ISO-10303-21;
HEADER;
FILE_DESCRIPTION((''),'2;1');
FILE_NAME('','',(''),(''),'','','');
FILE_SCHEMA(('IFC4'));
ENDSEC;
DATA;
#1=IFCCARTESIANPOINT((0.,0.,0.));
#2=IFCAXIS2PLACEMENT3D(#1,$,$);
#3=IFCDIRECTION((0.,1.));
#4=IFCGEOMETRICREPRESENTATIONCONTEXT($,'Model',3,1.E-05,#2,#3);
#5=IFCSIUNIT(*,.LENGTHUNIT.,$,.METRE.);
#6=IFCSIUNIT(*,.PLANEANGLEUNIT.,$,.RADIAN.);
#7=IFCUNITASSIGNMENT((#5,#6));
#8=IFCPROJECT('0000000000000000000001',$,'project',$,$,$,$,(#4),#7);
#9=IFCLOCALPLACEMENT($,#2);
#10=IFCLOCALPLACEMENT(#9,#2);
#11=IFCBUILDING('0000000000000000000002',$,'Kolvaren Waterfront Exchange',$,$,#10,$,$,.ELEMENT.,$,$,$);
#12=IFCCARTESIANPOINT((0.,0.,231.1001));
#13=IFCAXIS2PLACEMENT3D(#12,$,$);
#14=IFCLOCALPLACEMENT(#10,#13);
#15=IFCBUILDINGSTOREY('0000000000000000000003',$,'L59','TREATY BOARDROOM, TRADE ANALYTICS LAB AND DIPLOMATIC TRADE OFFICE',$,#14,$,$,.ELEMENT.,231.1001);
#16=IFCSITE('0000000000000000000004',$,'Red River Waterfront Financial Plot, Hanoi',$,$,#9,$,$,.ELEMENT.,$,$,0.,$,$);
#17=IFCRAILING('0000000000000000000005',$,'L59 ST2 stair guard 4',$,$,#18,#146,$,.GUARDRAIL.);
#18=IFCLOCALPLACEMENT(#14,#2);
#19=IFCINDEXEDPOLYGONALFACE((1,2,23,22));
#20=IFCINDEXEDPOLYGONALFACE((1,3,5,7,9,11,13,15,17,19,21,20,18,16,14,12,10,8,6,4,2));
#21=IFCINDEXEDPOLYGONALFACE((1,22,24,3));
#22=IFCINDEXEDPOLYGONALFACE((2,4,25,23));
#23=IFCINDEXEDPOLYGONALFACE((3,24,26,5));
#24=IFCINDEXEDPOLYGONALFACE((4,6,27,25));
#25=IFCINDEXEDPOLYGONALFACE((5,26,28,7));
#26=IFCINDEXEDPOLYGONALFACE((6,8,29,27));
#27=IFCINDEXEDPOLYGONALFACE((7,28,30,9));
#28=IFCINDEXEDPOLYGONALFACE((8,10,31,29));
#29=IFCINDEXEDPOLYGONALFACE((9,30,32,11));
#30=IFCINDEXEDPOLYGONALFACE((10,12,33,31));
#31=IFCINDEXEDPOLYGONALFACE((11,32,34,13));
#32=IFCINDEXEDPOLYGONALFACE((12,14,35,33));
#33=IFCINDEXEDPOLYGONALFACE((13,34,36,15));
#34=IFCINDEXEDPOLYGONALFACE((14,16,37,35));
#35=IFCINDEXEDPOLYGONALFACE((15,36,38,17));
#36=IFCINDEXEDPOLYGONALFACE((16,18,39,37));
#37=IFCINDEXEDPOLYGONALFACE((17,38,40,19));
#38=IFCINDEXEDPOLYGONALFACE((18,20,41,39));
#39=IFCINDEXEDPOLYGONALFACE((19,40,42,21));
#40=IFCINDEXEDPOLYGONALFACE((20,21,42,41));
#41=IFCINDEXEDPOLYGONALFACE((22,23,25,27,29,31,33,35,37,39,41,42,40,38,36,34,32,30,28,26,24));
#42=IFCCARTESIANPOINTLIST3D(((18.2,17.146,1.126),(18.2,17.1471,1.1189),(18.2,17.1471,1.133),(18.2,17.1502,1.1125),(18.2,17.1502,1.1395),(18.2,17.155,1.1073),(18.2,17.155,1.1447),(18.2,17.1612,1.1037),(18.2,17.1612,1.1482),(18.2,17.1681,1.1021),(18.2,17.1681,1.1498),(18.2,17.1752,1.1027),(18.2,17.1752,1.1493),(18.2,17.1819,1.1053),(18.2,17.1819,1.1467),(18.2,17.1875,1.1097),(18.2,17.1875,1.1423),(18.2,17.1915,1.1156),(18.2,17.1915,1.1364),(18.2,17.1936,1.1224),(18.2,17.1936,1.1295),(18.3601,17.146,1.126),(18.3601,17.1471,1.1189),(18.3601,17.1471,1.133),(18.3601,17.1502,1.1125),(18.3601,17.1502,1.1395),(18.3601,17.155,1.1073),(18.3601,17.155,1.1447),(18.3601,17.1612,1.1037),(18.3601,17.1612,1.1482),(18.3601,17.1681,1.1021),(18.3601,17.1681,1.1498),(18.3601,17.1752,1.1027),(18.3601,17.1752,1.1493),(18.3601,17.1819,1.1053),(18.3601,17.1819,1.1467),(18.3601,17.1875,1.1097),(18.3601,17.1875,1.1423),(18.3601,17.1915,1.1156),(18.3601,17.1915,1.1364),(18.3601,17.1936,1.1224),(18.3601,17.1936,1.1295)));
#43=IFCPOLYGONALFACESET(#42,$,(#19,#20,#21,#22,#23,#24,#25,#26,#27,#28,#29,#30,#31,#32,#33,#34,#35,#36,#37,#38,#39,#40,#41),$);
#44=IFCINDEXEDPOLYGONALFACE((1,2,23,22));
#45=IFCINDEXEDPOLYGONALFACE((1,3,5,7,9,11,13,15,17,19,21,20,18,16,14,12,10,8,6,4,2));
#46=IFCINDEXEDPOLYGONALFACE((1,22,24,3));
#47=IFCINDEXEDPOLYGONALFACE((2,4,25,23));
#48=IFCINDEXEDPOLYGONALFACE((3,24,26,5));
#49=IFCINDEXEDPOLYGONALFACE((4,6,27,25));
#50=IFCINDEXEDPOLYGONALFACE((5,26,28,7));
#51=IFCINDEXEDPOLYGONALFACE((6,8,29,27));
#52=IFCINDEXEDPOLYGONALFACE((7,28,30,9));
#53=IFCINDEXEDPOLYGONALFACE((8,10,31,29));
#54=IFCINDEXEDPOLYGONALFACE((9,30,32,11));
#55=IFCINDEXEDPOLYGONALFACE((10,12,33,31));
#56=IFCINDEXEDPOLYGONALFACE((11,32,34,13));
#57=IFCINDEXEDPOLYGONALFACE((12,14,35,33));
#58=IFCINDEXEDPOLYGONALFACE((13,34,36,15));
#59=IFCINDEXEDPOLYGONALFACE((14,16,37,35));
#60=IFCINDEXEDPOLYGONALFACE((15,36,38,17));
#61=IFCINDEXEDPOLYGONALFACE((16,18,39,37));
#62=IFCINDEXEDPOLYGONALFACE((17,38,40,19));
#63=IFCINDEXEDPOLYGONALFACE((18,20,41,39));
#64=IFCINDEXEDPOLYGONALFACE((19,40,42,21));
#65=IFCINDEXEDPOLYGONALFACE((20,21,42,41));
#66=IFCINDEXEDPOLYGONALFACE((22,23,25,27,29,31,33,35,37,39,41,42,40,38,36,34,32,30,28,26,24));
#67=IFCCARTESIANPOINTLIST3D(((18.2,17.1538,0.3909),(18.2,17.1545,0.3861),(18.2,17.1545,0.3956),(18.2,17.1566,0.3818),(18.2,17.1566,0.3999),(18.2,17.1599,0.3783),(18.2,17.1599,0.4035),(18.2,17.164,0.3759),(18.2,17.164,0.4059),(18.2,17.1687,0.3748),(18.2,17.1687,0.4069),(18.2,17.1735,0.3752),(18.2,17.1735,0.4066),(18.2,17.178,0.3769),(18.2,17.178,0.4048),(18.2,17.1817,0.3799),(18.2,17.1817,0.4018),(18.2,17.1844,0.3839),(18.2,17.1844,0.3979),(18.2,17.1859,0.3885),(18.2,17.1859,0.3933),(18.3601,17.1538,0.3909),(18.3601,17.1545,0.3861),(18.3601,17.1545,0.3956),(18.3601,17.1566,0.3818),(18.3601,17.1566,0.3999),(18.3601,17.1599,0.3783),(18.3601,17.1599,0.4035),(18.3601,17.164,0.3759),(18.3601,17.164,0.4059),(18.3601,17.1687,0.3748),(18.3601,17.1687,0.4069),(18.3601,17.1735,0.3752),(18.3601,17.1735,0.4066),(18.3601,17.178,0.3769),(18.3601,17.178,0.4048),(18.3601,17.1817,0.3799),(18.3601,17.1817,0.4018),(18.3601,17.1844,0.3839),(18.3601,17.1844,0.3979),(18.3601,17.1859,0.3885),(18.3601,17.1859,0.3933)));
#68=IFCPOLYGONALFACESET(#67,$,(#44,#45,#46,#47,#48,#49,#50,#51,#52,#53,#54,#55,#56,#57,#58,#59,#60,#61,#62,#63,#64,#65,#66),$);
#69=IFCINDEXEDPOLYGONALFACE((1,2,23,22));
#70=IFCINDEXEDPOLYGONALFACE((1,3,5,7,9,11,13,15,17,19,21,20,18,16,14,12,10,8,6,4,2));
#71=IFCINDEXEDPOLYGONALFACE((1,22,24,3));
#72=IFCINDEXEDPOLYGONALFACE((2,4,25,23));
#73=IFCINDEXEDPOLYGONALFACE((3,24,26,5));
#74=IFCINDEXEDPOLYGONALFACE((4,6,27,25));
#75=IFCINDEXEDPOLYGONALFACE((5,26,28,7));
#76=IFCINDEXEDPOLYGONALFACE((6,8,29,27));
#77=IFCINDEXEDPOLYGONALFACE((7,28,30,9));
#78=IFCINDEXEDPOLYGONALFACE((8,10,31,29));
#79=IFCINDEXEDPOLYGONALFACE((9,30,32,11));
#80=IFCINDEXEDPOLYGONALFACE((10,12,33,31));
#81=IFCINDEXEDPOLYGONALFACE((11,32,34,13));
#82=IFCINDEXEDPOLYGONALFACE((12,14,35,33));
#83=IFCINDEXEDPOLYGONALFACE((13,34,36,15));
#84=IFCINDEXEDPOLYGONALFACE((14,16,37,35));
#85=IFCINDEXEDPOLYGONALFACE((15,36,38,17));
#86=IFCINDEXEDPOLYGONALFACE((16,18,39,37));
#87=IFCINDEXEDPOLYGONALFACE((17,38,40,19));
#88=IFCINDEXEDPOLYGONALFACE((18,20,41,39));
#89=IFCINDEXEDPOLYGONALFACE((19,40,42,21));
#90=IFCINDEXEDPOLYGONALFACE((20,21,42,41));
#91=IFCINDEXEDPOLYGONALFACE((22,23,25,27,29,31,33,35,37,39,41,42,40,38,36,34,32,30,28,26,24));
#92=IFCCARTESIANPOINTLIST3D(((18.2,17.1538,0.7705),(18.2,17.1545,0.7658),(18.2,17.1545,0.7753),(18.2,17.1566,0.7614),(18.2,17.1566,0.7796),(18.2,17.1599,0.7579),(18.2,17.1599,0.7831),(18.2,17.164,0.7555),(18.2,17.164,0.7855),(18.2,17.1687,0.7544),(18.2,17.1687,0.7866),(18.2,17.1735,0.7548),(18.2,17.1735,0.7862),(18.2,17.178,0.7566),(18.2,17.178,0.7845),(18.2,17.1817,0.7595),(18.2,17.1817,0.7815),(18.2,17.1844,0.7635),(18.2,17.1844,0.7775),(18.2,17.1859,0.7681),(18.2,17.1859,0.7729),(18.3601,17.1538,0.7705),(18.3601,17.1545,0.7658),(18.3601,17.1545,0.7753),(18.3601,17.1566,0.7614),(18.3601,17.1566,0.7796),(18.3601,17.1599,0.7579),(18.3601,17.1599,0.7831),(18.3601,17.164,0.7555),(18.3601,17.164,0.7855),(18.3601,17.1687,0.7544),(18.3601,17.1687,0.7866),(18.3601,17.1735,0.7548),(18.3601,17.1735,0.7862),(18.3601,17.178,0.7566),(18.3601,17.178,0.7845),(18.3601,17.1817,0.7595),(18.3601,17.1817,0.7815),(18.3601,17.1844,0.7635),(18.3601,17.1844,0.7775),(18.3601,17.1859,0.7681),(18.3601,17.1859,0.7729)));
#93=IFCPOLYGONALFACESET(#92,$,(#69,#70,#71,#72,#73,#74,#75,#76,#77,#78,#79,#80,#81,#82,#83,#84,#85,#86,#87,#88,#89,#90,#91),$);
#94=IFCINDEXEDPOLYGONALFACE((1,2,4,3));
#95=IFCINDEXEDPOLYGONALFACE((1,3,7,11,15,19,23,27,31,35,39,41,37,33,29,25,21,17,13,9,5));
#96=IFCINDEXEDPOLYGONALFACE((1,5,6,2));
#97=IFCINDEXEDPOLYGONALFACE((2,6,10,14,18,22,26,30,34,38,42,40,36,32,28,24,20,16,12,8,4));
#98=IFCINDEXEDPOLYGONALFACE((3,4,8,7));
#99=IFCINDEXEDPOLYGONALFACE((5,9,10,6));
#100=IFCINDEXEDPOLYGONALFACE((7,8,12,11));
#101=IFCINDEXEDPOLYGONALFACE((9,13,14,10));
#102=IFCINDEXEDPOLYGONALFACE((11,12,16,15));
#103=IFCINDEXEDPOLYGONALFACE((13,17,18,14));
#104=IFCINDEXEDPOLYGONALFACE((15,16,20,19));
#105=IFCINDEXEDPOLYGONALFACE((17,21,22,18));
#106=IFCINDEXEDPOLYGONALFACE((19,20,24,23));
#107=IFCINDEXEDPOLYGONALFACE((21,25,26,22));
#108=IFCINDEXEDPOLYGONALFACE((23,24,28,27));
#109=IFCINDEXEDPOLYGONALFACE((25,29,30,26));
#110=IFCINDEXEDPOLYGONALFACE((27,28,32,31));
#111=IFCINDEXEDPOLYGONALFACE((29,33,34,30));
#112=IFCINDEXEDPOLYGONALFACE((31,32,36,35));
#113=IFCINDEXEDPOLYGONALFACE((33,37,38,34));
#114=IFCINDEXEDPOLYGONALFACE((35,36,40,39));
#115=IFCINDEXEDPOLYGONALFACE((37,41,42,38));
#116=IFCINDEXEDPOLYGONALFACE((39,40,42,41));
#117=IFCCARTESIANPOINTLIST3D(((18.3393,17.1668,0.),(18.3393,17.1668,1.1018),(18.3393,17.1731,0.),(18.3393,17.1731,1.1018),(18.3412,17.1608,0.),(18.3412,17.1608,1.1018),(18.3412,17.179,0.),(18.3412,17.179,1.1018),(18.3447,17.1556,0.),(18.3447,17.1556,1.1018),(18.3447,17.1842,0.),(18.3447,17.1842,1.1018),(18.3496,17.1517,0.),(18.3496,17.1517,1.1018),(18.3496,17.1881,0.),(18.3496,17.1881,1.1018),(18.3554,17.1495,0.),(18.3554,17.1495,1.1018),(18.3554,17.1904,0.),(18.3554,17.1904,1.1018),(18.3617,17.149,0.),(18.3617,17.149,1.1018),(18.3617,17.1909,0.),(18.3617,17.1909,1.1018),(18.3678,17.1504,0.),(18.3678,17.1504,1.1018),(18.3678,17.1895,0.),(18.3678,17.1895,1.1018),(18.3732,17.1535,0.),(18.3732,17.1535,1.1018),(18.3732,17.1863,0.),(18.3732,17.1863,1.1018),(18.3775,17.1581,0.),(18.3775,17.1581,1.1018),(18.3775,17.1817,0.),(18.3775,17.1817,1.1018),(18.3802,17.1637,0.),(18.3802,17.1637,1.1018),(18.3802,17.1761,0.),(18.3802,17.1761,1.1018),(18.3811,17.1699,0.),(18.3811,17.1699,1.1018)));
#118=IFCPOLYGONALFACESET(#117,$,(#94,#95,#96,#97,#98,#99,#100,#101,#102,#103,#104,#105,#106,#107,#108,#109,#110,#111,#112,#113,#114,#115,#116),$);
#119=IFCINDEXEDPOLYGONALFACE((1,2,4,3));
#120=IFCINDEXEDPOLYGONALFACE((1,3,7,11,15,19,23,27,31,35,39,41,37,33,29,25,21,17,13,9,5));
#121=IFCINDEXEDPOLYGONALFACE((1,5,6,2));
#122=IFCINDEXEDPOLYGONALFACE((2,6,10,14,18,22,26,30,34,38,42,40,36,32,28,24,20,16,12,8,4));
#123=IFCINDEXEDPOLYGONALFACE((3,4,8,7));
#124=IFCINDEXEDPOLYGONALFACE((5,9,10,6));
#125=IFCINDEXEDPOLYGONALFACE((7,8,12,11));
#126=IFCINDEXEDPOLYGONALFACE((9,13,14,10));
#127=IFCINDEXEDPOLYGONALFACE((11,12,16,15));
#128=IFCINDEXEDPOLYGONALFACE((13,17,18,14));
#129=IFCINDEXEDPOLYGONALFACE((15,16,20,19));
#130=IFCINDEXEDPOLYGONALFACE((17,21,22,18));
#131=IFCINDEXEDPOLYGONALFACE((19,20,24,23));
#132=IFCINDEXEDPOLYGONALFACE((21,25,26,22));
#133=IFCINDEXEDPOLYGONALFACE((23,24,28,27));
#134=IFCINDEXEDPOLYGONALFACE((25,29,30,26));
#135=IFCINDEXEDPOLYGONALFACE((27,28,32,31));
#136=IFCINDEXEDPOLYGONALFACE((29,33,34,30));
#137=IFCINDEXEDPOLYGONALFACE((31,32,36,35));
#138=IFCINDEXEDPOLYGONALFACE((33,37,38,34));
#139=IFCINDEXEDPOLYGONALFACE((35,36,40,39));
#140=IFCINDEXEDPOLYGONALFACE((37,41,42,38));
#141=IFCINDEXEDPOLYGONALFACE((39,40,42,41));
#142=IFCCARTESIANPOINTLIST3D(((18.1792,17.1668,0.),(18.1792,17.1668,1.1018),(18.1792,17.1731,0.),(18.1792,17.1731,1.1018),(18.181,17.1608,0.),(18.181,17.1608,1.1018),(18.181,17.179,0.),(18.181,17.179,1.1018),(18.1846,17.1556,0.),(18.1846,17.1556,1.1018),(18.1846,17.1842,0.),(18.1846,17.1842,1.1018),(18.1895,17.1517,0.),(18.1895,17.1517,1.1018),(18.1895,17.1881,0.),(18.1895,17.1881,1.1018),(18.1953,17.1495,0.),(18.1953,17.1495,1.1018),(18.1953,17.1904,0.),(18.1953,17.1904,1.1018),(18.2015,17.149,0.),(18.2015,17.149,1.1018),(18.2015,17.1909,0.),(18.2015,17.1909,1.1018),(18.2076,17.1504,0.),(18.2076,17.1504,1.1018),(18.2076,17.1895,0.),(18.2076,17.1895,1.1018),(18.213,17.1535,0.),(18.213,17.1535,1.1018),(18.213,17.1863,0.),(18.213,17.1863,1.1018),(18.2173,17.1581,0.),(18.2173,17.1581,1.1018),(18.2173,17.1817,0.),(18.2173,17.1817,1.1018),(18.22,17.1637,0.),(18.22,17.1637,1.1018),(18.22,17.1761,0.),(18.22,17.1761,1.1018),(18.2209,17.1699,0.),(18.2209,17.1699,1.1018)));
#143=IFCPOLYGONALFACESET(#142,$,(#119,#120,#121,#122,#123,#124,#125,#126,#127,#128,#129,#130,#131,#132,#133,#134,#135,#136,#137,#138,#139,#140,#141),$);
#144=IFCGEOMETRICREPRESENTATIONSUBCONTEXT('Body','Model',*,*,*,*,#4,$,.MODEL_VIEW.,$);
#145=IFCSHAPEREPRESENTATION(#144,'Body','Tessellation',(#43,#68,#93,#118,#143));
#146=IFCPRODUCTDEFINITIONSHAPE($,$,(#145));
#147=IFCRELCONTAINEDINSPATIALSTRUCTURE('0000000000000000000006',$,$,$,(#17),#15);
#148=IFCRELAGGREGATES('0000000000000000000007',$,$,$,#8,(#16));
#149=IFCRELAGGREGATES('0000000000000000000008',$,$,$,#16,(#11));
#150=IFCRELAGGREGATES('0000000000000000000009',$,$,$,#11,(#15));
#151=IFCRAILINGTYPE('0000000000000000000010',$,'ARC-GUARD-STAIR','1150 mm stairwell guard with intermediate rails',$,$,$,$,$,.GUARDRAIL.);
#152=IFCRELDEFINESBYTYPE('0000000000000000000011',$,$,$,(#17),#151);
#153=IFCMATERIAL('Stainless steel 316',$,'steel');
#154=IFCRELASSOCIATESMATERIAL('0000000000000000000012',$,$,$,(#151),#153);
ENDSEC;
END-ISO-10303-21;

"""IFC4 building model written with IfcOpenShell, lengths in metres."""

from ifc_helpers import new_model, si_unit, direction, frame, origin, origin_2d, place, context, subcontext, project, spatial, circle, extrude, material, type_object, element, save


model = new_model("IFC4")

# Units and contexts
model_context = context("Model", 3, precision=1e-05, world=origin(), true_north=direction((0.0, 1.0)))
body_context = subcontext(model_context, "Body", "Model", "MODEL_VIEW")
ifc_project = project(units=[si_unit("LENGTHUNIT", "METRE"), si_unit("PLANEANGLEUNIT", "RADIAN")], contexts=[model_context])

# Site, building, storey
site_placement = place(None, origin())
site = spatial("IfcSite", under=ifc_project, at=site_placement, Name="Red River Waterfront Financial Plot, Hanoi", CompositionType="ELEMENT", RefElevation=0.0)
building_placement = place(site_placement, origin())
building = spatial("IfcBuilding", under=site, at=building_placement, Name="Kolvaren Waterfront Exchange", CompositionType="ELEMENT")
storey_placement = place(building_placement, frame((0.0, 0.0, 231.1001)))
storey = spatial("IfcBuildingStorey", under=building, at=storey_placement, Name="L59", Description="TREATY BOARDROOM, TRADE ANALYTICS LAB AND DIPLOMATIC TRADE OFFICE", CompositionType="ELEMENT", Elevation=231.1001)

# Railing
ifc_material_1 = material(Name="Stainless steel 316", Category="steel")
railing_type_1 = type_object("IfcRailingType", Name="ARC-GUARD-STAIR", Description="1150 mm stairwell guard with intermediate rails", PredefinedType="GUARDRAIL", material=ifc_material_1)
railing_1_placement = place(storey_placement, frame((18.3601, 17.1699, 0.0)))
element("IfcRailing", 1, at=railing_1_placement, inside=storey, type_object=railing_type_1, Name="L59 ST2 stair guard 4", PredefinedType="GUARDRAIL", context=body_context, shape_type="SweptSolid", body=[
    extrude(circle(Radius=0.0239, at=origin_2d()), frame((0.0, 0.0, 1.126), z_axis=(-1.0, 0.0, 0.0), x_axis=(0.0, -1.0, 0.0)), (0.0, 0.0, 1.0), 0.1602),
    extrude(circle(Radius=0.0161, at=origin_2d()), frame((0.0, 0.0, 0.3909), z_axis=(-1.0, 0.0, 0.0), x_axis=(0.0, -1.0, 0.0)), (0.0, 0.0, 1.0), 0.1602),
    extrude(circle(Radius=0.0161, at=origin_2d()), frame((0.0, 0.0, 0.7705), z_axis=(-1.0, 0.0, 0.0), x_axis=(0.0, -1.0, 0.0)), (0.0, 0.0, 1.0), 0.1602),
    extrude(circle(Radius=0.021, at=origin_2d()), origin(), (0.0, 0.0, 1.0), 1.1018),
    extrude(circle(Radius=0.021, at=origin_2d()), frame((-0.1602, 0.0, 0.0)), (0.0, 0.0, 1.0), 1.1018),
])

save(model, "model.ifc")
